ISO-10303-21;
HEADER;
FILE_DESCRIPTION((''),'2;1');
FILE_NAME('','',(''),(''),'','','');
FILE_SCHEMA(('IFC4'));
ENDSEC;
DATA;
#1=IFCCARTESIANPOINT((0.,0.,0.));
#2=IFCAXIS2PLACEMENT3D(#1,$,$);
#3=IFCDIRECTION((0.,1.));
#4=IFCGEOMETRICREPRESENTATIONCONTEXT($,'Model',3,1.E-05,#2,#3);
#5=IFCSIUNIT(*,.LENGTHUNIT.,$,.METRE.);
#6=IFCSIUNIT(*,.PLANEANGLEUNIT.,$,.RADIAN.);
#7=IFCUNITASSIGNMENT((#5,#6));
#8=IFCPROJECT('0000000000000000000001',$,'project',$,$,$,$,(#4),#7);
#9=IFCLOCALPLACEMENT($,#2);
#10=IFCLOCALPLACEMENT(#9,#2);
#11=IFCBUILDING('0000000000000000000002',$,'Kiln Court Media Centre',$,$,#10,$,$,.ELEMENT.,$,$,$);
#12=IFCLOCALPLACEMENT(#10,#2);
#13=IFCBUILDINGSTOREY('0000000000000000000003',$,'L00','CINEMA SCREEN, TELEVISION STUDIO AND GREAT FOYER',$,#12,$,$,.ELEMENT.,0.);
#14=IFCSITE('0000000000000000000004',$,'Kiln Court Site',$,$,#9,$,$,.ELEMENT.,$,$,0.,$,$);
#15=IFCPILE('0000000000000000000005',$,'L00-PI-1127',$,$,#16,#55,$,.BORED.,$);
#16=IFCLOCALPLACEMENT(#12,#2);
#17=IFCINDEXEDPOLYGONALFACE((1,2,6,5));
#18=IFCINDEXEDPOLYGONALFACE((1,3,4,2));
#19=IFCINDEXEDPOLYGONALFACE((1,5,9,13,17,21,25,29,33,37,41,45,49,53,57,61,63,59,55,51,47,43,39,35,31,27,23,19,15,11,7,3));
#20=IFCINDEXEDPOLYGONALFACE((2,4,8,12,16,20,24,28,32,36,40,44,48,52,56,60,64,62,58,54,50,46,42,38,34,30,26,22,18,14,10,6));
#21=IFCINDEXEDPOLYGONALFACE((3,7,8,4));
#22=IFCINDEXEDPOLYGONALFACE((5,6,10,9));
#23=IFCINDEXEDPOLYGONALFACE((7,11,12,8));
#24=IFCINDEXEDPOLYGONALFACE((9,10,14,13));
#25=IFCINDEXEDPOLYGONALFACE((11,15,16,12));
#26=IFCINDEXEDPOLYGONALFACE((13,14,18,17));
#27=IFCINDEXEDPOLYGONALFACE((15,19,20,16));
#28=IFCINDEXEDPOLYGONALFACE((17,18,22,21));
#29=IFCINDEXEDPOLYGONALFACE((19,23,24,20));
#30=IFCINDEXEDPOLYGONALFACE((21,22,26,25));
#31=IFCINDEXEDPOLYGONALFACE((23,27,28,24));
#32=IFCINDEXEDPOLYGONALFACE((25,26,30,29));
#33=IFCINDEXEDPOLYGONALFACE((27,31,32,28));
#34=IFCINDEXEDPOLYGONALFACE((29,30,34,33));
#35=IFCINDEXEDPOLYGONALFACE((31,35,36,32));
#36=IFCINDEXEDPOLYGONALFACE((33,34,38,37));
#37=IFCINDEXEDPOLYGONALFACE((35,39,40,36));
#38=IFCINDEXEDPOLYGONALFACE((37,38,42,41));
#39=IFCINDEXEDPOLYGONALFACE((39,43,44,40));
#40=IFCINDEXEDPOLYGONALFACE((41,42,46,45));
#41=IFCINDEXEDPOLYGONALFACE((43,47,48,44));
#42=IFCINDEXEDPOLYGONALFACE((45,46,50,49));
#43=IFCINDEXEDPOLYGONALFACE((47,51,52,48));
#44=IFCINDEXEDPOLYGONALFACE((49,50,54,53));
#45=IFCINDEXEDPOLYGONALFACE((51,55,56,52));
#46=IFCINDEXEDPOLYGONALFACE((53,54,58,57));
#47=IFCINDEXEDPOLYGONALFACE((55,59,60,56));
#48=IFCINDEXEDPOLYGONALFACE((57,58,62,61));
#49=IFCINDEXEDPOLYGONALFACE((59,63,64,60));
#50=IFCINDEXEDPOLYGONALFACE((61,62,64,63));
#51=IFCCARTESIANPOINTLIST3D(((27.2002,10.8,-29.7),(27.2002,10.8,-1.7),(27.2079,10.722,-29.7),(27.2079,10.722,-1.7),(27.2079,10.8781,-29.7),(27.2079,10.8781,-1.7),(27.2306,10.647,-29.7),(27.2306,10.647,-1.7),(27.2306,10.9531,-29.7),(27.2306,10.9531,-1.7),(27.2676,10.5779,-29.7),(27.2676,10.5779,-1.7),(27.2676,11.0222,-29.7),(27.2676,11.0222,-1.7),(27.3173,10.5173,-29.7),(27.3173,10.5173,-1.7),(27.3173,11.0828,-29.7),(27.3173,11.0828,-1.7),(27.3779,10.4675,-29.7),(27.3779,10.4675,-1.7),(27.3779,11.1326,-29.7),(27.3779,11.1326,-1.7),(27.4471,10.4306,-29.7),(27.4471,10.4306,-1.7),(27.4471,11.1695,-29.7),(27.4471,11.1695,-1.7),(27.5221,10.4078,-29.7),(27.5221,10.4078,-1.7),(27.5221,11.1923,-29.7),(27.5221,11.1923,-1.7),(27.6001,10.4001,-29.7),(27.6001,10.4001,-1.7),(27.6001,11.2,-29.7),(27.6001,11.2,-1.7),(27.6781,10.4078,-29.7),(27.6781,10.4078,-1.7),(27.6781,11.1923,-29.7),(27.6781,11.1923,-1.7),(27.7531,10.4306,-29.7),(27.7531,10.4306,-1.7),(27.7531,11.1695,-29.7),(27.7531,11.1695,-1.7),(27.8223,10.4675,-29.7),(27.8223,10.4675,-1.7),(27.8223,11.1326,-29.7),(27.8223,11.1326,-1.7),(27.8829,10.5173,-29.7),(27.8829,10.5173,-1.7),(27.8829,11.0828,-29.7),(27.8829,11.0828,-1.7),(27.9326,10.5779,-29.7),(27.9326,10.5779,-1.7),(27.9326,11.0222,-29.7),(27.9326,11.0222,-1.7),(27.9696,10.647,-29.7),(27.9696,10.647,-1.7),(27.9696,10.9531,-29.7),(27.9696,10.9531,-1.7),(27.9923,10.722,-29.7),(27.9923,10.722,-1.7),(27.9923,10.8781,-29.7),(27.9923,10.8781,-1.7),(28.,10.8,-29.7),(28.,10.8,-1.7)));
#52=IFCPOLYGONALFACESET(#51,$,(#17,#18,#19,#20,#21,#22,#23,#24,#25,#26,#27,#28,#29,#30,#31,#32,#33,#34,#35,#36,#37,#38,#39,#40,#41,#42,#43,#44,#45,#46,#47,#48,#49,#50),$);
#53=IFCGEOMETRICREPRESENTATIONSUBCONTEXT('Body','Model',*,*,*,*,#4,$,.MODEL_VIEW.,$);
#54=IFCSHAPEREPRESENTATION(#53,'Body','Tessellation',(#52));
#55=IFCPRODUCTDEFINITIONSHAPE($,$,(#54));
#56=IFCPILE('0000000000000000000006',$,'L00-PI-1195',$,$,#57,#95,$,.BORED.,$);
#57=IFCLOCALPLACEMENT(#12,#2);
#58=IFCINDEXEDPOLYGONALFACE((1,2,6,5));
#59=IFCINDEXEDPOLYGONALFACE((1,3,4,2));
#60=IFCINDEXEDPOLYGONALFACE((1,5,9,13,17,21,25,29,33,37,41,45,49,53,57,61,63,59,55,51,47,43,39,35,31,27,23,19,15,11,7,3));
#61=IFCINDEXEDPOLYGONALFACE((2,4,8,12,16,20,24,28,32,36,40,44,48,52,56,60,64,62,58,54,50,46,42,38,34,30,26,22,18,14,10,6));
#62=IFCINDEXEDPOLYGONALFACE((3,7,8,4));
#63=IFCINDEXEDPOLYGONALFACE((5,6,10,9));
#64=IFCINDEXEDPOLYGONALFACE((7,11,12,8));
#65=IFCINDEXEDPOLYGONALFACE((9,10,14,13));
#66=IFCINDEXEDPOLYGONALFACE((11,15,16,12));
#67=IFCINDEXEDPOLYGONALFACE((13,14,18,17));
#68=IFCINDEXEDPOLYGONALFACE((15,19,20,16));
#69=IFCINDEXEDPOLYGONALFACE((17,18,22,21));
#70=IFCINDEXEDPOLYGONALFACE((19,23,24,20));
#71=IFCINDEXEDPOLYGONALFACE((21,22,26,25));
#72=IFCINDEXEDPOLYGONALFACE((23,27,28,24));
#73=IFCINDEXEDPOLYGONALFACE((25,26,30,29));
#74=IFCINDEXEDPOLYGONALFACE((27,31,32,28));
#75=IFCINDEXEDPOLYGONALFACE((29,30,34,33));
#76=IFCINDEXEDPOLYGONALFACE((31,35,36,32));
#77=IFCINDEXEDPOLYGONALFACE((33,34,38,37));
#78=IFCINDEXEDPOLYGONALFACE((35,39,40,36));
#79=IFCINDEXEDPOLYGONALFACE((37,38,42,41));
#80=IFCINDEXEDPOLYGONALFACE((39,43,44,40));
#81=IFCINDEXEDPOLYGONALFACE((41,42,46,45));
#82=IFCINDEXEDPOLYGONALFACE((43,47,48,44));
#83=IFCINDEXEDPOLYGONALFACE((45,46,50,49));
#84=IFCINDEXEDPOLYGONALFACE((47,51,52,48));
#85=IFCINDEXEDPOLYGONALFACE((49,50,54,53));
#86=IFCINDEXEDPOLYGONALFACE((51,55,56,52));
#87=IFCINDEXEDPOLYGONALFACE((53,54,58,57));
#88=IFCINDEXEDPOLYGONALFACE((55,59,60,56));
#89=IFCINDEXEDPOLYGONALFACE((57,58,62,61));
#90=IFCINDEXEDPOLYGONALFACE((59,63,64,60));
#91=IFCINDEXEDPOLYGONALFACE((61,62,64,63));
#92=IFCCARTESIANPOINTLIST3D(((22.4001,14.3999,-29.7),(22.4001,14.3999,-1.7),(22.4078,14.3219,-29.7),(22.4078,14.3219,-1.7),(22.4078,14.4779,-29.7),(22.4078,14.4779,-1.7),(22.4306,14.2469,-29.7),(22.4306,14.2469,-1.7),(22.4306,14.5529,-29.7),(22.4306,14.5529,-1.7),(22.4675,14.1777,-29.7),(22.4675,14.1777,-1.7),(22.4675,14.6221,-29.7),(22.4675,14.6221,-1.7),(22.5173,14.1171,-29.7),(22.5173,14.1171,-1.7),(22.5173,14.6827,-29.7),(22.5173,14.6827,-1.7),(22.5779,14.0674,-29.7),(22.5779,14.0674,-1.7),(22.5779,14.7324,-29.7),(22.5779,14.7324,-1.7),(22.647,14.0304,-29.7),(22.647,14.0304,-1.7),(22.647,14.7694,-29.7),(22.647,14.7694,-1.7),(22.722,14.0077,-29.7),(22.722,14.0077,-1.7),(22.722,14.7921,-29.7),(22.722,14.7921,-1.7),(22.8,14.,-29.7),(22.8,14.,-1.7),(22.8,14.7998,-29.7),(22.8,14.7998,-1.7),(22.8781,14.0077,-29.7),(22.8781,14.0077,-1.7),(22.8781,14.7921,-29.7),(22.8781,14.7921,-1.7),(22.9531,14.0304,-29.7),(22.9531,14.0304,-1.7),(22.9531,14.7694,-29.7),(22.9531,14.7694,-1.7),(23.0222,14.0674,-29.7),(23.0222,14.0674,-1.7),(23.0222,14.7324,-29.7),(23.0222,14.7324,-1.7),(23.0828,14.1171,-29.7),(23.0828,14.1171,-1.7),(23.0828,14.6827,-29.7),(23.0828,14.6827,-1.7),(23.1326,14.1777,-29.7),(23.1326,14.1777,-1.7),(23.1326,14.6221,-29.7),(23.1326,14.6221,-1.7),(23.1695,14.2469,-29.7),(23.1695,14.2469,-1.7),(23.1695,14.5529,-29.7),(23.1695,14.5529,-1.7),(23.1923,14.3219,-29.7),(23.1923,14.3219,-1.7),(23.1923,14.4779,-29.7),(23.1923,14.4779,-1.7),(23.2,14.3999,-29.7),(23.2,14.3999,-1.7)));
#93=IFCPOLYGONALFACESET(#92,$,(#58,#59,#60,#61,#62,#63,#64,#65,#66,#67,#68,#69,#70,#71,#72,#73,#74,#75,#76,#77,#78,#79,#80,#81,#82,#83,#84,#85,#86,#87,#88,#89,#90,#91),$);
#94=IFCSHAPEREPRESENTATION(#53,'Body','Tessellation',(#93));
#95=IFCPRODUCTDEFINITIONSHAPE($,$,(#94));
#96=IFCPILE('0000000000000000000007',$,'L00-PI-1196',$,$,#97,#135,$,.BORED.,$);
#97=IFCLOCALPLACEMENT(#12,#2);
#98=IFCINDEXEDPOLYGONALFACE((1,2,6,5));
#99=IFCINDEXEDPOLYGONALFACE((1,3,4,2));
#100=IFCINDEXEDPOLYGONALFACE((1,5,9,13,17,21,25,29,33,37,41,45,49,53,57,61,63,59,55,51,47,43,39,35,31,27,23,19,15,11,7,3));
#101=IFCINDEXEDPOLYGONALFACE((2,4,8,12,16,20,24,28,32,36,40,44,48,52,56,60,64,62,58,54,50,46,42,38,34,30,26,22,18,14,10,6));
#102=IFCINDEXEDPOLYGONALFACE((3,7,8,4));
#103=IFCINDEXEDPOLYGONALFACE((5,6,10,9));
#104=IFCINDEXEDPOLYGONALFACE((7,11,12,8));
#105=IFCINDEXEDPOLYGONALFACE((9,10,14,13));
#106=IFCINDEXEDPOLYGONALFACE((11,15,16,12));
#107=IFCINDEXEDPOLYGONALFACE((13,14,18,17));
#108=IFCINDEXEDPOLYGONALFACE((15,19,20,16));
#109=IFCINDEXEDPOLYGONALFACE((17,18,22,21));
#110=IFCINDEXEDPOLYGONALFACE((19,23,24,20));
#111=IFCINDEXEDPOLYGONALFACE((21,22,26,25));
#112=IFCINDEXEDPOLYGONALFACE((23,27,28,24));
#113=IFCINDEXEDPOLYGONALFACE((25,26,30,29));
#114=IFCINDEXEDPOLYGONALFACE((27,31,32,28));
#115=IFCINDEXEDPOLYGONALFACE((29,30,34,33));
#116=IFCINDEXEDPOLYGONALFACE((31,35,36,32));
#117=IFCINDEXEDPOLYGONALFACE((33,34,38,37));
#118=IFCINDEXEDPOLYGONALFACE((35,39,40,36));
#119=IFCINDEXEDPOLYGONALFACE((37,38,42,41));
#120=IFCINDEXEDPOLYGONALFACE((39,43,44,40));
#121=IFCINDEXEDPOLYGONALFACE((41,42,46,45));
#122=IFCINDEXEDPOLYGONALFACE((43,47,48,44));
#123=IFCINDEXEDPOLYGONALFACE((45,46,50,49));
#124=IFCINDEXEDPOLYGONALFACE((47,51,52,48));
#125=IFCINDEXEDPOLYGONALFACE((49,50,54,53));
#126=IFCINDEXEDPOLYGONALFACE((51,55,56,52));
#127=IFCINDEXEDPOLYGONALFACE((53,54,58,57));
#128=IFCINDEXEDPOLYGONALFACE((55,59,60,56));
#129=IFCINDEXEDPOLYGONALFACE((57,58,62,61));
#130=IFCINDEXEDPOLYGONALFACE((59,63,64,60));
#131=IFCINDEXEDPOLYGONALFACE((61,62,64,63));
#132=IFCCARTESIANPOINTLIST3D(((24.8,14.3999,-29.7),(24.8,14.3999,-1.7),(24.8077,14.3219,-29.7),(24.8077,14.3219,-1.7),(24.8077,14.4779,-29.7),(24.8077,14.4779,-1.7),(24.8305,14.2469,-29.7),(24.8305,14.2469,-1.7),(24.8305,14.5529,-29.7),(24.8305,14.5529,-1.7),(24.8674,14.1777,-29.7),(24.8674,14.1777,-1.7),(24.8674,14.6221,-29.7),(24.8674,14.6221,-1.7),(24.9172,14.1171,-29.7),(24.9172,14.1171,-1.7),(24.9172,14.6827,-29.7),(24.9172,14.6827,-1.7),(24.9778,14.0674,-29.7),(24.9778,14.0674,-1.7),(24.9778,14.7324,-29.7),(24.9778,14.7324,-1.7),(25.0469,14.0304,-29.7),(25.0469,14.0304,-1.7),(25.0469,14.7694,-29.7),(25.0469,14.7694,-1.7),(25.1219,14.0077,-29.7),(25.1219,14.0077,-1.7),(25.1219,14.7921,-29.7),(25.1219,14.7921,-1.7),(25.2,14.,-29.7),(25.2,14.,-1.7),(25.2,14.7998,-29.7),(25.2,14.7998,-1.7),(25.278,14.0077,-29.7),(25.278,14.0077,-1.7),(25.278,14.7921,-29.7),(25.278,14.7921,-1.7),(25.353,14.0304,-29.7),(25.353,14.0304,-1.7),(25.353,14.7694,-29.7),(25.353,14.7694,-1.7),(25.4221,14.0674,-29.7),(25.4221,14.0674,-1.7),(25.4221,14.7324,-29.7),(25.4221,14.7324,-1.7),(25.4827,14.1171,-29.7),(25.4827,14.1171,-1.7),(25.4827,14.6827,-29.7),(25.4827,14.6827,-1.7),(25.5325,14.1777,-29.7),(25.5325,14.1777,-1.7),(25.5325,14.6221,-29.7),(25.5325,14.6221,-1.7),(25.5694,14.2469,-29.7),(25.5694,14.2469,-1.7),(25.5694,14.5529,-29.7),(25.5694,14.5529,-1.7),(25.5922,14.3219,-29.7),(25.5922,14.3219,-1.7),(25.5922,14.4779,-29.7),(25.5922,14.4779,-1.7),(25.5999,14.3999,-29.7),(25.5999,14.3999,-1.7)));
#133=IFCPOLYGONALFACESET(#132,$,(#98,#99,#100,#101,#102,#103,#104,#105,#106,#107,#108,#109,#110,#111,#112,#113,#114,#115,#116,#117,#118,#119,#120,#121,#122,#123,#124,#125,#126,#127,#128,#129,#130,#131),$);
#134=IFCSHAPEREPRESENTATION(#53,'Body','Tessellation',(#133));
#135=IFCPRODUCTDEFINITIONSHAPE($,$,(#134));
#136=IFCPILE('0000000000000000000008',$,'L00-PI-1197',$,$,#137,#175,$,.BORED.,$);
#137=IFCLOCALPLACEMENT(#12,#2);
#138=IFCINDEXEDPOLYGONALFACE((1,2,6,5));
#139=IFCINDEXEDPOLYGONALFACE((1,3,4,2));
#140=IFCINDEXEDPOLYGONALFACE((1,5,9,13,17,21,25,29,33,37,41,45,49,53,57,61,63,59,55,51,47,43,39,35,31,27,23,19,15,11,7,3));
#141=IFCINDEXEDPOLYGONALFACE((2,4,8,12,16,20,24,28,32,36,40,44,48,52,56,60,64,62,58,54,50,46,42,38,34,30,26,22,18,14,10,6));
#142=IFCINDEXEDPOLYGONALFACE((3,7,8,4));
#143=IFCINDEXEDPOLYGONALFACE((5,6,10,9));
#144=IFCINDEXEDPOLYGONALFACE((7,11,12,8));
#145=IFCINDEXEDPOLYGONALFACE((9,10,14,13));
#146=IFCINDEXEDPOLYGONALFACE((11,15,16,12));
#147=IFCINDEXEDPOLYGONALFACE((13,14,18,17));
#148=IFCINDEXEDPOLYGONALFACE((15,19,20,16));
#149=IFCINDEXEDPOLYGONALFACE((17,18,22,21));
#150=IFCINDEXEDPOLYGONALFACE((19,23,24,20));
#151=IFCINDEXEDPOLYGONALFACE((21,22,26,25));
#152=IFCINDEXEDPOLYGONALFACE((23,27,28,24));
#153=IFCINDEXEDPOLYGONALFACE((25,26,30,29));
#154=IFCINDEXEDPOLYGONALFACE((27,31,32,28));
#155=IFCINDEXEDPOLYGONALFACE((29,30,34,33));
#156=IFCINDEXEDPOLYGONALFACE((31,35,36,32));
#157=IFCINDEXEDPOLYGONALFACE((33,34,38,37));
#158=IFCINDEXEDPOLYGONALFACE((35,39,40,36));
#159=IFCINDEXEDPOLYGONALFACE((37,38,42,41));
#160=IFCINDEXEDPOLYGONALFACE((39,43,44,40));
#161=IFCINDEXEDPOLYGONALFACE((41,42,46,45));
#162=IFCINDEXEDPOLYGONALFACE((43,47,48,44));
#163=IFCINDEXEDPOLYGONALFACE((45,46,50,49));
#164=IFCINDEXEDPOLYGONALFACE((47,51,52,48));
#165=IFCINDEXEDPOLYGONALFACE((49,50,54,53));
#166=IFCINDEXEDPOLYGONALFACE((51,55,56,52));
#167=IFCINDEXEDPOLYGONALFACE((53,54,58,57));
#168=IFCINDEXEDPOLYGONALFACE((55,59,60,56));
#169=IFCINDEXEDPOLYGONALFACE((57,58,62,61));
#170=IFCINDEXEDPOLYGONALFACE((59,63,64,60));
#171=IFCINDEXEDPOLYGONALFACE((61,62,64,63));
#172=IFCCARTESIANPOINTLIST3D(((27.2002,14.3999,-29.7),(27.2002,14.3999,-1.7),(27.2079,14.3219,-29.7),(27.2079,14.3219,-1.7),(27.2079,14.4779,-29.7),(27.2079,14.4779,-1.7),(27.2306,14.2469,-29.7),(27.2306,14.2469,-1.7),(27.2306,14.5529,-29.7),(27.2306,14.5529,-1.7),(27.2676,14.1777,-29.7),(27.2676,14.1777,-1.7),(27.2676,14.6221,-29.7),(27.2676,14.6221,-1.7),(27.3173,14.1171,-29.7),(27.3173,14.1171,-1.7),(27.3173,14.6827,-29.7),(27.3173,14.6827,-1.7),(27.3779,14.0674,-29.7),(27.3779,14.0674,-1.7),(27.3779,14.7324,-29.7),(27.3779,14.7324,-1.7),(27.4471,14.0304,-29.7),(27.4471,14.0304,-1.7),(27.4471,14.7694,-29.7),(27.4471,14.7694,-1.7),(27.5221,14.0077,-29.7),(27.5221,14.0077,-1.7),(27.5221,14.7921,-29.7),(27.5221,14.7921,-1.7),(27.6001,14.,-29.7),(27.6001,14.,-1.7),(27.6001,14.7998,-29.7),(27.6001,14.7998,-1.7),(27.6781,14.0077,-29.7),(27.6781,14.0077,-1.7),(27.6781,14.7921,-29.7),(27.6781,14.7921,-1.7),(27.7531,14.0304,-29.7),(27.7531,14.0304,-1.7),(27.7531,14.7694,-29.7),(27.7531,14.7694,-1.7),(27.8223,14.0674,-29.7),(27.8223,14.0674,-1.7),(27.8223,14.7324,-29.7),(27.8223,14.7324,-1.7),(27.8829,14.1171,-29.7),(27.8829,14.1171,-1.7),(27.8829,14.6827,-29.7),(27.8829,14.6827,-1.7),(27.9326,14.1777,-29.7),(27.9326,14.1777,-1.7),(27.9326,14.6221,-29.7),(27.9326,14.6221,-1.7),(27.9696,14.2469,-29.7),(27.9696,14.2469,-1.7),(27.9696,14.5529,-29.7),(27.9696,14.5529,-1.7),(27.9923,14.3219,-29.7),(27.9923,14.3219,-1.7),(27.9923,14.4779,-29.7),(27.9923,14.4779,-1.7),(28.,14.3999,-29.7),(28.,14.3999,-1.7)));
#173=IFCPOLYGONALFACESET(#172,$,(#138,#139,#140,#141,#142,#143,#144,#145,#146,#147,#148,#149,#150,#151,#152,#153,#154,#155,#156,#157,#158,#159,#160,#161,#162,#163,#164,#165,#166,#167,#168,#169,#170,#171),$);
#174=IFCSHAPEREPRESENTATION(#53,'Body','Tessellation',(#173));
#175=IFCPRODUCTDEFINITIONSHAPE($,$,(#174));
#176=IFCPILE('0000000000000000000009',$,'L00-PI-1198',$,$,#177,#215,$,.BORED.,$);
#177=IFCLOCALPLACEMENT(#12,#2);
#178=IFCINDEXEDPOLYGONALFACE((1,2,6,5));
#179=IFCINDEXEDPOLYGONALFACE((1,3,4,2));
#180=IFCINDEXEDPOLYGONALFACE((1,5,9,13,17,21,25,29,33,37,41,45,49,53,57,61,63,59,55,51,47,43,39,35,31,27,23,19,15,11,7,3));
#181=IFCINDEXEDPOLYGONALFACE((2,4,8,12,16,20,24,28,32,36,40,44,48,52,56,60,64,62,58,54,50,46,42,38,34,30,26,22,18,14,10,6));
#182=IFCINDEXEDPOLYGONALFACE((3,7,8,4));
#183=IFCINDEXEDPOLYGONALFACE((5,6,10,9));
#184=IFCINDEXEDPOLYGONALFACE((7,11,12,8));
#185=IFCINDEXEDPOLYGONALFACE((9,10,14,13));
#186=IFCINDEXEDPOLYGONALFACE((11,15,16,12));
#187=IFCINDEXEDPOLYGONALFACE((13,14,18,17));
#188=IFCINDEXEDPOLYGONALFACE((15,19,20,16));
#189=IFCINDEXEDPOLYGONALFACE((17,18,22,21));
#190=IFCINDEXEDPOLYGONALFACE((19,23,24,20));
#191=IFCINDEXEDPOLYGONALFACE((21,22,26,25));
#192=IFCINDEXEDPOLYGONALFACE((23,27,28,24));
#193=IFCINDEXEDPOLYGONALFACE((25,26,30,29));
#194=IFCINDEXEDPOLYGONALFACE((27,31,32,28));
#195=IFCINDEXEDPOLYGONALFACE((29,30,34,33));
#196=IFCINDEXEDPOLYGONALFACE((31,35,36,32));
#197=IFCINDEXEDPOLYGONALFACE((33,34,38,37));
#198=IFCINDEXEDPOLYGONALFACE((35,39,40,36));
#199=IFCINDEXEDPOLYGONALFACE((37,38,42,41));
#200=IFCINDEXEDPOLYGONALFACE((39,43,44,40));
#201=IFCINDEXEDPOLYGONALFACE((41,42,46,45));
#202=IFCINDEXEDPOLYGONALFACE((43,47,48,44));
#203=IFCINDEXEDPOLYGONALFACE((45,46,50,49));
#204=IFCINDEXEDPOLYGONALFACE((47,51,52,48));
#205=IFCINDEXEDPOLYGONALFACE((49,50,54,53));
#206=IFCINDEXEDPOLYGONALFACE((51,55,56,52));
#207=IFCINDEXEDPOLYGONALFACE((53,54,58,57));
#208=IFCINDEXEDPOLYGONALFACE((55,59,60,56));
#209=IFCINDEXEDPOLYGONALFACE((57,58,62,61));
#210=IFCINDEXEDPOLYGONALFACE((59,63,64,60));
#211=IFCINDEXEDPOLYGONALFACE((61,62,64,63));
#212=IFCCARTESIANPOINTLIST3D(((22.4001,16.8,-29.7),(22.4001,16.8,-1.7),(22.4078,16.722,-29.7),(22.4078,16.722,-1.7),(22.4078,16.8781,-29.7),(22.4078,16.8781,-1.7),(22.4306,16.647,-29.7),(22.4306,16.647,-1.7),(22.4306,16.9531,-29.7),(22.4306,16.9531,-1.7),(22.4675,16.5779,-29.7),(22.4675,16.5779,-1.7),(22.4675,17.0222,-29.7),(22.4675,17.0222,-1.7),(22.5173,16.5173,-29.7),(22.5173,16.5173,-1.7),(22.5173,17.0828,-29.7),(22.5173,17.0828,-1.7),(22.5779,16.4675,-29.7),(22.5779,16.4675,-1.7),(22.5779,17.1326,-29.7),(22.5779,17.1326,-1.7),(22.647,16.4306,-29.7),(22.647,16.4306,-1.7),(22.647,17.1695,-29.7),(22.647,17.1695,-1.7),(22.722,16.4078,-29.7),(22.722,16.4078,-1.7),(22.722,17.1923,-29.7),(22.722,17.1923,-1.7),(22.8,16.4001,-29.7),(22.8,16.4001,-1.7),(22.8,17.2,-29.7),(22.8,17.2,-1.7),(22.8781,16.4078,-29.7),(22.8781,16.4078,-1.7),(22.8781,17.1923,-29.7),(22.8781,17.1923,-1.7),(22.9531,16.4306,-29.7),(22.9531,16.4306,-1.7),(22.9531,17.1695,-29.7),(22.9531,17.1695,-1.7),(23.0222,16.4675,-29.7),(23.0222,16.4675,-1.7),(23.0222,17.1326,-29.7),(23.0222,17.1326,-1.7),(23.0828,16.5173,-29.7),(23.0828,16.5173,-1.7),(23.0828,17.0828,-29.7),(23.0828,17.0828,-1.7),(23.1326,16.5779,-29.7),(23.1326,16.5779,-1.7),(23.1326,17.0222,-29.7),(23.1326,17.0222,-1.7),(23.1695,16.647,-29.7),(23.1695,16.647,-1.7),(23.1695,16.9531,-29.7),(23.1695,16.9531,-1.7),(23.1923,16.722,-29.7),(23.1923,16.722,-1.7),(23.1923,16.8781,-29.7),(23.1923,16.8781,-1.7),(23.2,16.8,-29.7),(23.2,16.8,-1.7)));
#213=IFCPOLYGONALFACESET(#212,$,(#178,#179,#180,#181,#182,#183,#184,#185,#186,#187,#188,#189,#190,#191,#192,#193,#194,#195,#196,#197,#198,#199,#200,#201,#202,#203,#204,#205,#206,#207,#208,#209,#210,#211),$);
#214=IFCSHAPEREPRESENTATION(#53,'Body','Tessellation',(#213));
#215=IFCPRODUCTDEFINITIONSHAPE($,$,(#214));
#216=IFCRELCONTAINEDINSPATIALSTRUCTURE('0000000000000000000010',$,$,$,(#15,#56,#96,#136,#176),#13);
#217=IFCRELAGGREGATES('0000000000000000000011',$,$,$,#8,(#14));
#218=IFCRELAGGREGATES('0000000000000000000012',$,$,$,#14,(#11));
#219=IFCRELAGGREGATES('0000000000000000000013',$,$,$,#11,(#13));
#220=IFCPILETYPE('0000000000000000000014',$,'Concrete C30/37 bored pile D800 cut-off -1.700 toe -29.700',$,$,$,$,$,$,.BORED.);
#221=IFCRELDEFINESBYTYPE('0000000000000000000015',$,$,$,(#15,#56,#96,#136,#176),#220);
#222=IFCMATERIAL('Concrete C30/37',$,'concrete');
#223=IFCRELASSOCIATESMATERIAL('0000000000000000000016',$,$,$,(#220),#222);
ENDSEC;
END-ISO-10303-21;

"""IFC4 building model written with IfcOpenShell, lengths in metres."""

from ifc_helpers import new_model, si_unit, direction, frame, origin, origin_2d, place, context, subcontext, project, spatial, circle, extrude, material, material_profile, profile_set, type_object, element, save


model = new_model("IFC4")

# Units and contexts
model_context = context("Model", 3, precision=1e-05, world=origin(), true_north=direction((0.0, 1.0)))
body_context = subcontext(model_context, "Body", "Model", "MODEL_VIEW")
ifc_project = project(units=[si_unit("LENGTHUNIT", "METRE"), si_unit("PLANEANGLEUNIT", "RADIAN")], contexts=[model_context])

# Site, building, storey
site_placement = place(None, origin())
site = spatial("IfcSite", under=ifc_project, at=site_placement, Name="Kiln Court Site", CompositionType="ELEMENT", RefElevation=0.0)
building_placement = place(site_placement, origin())
building = spatial("IfcBuilding", under=site, at=building_placement, Name="Kiln Court Media Centre", CompositionType="ELEMENT")
storey_placement = place(building_placement, origin())
storey = spatial("IfcBuildingStorey", under=building, at=storey_placement, Name="L00", Description="CINEMA SCREEN, TELEVISION STUDIO AND GREAT FOYER", CompositionType="ELEMENT", Elevation=0.0)

# Piles
ifc_material_1 = material(Name="Concrete C30/37", Category="concrete")
ifc_material_profile_1 = material_profile(ifc_material_1, circle(Radius=0.3999, at=origin_2d()), Name="PILE D800")
ifc_profile_set_1 = profile_set([ifc_material_profile_1], Name="Concrete C30/37")
pile_type = type_object("IfcPileType", Name="Concrete C30/37 bored pile D800 cut-off -1.700 toe -29.700", PredefinedType="BORED", material=ifc_profile_set_1)
for number, where, z_axis, x_axis, name in (
    (1, (27.6001, 10.8, -1.7), (0.0, 0.0, -1.0), (1.0, 0.0, 0.0), "L00-PI-1127"),
    (2, (22.8, 14.3999, -1.7), (0.0, 0.0, -1.0), (1.0, 0.0, 0.0), "L00-PI-1195"),
    (3, (25.2, 14.3999, -1.7), (0.0, 0.0, -1.0), (1.0, 0.0, 0.0), "L00-PI-1196"),
    (4, (27.6001, 14.3999, -1.7), (0.0, 0.0, -1.0), (1.0, 0.0, 0.0), "L00-PI-1197"),
    (5, (22.8, 16.8, -1.7), (0.0, 0.0, -1.0), (1.0, 0.0, 0.0), "L00-PI-1198"),
):
    element("IfcPile", number, at=place(storey_placement, frame(where, z_axis=z_axis, x_axis=x_axis)), inside=storey, type_object=pile_type, Name=name, PredefinedType="BORED", context=body_context, shape_type="SweptSolid", body=[
        extrude(circle(Radius=0.3999, at=origin_2d()), origin(), (0.0, 0.0, 1.0), 28.0),
    ])

save(model, "model.ifc")
